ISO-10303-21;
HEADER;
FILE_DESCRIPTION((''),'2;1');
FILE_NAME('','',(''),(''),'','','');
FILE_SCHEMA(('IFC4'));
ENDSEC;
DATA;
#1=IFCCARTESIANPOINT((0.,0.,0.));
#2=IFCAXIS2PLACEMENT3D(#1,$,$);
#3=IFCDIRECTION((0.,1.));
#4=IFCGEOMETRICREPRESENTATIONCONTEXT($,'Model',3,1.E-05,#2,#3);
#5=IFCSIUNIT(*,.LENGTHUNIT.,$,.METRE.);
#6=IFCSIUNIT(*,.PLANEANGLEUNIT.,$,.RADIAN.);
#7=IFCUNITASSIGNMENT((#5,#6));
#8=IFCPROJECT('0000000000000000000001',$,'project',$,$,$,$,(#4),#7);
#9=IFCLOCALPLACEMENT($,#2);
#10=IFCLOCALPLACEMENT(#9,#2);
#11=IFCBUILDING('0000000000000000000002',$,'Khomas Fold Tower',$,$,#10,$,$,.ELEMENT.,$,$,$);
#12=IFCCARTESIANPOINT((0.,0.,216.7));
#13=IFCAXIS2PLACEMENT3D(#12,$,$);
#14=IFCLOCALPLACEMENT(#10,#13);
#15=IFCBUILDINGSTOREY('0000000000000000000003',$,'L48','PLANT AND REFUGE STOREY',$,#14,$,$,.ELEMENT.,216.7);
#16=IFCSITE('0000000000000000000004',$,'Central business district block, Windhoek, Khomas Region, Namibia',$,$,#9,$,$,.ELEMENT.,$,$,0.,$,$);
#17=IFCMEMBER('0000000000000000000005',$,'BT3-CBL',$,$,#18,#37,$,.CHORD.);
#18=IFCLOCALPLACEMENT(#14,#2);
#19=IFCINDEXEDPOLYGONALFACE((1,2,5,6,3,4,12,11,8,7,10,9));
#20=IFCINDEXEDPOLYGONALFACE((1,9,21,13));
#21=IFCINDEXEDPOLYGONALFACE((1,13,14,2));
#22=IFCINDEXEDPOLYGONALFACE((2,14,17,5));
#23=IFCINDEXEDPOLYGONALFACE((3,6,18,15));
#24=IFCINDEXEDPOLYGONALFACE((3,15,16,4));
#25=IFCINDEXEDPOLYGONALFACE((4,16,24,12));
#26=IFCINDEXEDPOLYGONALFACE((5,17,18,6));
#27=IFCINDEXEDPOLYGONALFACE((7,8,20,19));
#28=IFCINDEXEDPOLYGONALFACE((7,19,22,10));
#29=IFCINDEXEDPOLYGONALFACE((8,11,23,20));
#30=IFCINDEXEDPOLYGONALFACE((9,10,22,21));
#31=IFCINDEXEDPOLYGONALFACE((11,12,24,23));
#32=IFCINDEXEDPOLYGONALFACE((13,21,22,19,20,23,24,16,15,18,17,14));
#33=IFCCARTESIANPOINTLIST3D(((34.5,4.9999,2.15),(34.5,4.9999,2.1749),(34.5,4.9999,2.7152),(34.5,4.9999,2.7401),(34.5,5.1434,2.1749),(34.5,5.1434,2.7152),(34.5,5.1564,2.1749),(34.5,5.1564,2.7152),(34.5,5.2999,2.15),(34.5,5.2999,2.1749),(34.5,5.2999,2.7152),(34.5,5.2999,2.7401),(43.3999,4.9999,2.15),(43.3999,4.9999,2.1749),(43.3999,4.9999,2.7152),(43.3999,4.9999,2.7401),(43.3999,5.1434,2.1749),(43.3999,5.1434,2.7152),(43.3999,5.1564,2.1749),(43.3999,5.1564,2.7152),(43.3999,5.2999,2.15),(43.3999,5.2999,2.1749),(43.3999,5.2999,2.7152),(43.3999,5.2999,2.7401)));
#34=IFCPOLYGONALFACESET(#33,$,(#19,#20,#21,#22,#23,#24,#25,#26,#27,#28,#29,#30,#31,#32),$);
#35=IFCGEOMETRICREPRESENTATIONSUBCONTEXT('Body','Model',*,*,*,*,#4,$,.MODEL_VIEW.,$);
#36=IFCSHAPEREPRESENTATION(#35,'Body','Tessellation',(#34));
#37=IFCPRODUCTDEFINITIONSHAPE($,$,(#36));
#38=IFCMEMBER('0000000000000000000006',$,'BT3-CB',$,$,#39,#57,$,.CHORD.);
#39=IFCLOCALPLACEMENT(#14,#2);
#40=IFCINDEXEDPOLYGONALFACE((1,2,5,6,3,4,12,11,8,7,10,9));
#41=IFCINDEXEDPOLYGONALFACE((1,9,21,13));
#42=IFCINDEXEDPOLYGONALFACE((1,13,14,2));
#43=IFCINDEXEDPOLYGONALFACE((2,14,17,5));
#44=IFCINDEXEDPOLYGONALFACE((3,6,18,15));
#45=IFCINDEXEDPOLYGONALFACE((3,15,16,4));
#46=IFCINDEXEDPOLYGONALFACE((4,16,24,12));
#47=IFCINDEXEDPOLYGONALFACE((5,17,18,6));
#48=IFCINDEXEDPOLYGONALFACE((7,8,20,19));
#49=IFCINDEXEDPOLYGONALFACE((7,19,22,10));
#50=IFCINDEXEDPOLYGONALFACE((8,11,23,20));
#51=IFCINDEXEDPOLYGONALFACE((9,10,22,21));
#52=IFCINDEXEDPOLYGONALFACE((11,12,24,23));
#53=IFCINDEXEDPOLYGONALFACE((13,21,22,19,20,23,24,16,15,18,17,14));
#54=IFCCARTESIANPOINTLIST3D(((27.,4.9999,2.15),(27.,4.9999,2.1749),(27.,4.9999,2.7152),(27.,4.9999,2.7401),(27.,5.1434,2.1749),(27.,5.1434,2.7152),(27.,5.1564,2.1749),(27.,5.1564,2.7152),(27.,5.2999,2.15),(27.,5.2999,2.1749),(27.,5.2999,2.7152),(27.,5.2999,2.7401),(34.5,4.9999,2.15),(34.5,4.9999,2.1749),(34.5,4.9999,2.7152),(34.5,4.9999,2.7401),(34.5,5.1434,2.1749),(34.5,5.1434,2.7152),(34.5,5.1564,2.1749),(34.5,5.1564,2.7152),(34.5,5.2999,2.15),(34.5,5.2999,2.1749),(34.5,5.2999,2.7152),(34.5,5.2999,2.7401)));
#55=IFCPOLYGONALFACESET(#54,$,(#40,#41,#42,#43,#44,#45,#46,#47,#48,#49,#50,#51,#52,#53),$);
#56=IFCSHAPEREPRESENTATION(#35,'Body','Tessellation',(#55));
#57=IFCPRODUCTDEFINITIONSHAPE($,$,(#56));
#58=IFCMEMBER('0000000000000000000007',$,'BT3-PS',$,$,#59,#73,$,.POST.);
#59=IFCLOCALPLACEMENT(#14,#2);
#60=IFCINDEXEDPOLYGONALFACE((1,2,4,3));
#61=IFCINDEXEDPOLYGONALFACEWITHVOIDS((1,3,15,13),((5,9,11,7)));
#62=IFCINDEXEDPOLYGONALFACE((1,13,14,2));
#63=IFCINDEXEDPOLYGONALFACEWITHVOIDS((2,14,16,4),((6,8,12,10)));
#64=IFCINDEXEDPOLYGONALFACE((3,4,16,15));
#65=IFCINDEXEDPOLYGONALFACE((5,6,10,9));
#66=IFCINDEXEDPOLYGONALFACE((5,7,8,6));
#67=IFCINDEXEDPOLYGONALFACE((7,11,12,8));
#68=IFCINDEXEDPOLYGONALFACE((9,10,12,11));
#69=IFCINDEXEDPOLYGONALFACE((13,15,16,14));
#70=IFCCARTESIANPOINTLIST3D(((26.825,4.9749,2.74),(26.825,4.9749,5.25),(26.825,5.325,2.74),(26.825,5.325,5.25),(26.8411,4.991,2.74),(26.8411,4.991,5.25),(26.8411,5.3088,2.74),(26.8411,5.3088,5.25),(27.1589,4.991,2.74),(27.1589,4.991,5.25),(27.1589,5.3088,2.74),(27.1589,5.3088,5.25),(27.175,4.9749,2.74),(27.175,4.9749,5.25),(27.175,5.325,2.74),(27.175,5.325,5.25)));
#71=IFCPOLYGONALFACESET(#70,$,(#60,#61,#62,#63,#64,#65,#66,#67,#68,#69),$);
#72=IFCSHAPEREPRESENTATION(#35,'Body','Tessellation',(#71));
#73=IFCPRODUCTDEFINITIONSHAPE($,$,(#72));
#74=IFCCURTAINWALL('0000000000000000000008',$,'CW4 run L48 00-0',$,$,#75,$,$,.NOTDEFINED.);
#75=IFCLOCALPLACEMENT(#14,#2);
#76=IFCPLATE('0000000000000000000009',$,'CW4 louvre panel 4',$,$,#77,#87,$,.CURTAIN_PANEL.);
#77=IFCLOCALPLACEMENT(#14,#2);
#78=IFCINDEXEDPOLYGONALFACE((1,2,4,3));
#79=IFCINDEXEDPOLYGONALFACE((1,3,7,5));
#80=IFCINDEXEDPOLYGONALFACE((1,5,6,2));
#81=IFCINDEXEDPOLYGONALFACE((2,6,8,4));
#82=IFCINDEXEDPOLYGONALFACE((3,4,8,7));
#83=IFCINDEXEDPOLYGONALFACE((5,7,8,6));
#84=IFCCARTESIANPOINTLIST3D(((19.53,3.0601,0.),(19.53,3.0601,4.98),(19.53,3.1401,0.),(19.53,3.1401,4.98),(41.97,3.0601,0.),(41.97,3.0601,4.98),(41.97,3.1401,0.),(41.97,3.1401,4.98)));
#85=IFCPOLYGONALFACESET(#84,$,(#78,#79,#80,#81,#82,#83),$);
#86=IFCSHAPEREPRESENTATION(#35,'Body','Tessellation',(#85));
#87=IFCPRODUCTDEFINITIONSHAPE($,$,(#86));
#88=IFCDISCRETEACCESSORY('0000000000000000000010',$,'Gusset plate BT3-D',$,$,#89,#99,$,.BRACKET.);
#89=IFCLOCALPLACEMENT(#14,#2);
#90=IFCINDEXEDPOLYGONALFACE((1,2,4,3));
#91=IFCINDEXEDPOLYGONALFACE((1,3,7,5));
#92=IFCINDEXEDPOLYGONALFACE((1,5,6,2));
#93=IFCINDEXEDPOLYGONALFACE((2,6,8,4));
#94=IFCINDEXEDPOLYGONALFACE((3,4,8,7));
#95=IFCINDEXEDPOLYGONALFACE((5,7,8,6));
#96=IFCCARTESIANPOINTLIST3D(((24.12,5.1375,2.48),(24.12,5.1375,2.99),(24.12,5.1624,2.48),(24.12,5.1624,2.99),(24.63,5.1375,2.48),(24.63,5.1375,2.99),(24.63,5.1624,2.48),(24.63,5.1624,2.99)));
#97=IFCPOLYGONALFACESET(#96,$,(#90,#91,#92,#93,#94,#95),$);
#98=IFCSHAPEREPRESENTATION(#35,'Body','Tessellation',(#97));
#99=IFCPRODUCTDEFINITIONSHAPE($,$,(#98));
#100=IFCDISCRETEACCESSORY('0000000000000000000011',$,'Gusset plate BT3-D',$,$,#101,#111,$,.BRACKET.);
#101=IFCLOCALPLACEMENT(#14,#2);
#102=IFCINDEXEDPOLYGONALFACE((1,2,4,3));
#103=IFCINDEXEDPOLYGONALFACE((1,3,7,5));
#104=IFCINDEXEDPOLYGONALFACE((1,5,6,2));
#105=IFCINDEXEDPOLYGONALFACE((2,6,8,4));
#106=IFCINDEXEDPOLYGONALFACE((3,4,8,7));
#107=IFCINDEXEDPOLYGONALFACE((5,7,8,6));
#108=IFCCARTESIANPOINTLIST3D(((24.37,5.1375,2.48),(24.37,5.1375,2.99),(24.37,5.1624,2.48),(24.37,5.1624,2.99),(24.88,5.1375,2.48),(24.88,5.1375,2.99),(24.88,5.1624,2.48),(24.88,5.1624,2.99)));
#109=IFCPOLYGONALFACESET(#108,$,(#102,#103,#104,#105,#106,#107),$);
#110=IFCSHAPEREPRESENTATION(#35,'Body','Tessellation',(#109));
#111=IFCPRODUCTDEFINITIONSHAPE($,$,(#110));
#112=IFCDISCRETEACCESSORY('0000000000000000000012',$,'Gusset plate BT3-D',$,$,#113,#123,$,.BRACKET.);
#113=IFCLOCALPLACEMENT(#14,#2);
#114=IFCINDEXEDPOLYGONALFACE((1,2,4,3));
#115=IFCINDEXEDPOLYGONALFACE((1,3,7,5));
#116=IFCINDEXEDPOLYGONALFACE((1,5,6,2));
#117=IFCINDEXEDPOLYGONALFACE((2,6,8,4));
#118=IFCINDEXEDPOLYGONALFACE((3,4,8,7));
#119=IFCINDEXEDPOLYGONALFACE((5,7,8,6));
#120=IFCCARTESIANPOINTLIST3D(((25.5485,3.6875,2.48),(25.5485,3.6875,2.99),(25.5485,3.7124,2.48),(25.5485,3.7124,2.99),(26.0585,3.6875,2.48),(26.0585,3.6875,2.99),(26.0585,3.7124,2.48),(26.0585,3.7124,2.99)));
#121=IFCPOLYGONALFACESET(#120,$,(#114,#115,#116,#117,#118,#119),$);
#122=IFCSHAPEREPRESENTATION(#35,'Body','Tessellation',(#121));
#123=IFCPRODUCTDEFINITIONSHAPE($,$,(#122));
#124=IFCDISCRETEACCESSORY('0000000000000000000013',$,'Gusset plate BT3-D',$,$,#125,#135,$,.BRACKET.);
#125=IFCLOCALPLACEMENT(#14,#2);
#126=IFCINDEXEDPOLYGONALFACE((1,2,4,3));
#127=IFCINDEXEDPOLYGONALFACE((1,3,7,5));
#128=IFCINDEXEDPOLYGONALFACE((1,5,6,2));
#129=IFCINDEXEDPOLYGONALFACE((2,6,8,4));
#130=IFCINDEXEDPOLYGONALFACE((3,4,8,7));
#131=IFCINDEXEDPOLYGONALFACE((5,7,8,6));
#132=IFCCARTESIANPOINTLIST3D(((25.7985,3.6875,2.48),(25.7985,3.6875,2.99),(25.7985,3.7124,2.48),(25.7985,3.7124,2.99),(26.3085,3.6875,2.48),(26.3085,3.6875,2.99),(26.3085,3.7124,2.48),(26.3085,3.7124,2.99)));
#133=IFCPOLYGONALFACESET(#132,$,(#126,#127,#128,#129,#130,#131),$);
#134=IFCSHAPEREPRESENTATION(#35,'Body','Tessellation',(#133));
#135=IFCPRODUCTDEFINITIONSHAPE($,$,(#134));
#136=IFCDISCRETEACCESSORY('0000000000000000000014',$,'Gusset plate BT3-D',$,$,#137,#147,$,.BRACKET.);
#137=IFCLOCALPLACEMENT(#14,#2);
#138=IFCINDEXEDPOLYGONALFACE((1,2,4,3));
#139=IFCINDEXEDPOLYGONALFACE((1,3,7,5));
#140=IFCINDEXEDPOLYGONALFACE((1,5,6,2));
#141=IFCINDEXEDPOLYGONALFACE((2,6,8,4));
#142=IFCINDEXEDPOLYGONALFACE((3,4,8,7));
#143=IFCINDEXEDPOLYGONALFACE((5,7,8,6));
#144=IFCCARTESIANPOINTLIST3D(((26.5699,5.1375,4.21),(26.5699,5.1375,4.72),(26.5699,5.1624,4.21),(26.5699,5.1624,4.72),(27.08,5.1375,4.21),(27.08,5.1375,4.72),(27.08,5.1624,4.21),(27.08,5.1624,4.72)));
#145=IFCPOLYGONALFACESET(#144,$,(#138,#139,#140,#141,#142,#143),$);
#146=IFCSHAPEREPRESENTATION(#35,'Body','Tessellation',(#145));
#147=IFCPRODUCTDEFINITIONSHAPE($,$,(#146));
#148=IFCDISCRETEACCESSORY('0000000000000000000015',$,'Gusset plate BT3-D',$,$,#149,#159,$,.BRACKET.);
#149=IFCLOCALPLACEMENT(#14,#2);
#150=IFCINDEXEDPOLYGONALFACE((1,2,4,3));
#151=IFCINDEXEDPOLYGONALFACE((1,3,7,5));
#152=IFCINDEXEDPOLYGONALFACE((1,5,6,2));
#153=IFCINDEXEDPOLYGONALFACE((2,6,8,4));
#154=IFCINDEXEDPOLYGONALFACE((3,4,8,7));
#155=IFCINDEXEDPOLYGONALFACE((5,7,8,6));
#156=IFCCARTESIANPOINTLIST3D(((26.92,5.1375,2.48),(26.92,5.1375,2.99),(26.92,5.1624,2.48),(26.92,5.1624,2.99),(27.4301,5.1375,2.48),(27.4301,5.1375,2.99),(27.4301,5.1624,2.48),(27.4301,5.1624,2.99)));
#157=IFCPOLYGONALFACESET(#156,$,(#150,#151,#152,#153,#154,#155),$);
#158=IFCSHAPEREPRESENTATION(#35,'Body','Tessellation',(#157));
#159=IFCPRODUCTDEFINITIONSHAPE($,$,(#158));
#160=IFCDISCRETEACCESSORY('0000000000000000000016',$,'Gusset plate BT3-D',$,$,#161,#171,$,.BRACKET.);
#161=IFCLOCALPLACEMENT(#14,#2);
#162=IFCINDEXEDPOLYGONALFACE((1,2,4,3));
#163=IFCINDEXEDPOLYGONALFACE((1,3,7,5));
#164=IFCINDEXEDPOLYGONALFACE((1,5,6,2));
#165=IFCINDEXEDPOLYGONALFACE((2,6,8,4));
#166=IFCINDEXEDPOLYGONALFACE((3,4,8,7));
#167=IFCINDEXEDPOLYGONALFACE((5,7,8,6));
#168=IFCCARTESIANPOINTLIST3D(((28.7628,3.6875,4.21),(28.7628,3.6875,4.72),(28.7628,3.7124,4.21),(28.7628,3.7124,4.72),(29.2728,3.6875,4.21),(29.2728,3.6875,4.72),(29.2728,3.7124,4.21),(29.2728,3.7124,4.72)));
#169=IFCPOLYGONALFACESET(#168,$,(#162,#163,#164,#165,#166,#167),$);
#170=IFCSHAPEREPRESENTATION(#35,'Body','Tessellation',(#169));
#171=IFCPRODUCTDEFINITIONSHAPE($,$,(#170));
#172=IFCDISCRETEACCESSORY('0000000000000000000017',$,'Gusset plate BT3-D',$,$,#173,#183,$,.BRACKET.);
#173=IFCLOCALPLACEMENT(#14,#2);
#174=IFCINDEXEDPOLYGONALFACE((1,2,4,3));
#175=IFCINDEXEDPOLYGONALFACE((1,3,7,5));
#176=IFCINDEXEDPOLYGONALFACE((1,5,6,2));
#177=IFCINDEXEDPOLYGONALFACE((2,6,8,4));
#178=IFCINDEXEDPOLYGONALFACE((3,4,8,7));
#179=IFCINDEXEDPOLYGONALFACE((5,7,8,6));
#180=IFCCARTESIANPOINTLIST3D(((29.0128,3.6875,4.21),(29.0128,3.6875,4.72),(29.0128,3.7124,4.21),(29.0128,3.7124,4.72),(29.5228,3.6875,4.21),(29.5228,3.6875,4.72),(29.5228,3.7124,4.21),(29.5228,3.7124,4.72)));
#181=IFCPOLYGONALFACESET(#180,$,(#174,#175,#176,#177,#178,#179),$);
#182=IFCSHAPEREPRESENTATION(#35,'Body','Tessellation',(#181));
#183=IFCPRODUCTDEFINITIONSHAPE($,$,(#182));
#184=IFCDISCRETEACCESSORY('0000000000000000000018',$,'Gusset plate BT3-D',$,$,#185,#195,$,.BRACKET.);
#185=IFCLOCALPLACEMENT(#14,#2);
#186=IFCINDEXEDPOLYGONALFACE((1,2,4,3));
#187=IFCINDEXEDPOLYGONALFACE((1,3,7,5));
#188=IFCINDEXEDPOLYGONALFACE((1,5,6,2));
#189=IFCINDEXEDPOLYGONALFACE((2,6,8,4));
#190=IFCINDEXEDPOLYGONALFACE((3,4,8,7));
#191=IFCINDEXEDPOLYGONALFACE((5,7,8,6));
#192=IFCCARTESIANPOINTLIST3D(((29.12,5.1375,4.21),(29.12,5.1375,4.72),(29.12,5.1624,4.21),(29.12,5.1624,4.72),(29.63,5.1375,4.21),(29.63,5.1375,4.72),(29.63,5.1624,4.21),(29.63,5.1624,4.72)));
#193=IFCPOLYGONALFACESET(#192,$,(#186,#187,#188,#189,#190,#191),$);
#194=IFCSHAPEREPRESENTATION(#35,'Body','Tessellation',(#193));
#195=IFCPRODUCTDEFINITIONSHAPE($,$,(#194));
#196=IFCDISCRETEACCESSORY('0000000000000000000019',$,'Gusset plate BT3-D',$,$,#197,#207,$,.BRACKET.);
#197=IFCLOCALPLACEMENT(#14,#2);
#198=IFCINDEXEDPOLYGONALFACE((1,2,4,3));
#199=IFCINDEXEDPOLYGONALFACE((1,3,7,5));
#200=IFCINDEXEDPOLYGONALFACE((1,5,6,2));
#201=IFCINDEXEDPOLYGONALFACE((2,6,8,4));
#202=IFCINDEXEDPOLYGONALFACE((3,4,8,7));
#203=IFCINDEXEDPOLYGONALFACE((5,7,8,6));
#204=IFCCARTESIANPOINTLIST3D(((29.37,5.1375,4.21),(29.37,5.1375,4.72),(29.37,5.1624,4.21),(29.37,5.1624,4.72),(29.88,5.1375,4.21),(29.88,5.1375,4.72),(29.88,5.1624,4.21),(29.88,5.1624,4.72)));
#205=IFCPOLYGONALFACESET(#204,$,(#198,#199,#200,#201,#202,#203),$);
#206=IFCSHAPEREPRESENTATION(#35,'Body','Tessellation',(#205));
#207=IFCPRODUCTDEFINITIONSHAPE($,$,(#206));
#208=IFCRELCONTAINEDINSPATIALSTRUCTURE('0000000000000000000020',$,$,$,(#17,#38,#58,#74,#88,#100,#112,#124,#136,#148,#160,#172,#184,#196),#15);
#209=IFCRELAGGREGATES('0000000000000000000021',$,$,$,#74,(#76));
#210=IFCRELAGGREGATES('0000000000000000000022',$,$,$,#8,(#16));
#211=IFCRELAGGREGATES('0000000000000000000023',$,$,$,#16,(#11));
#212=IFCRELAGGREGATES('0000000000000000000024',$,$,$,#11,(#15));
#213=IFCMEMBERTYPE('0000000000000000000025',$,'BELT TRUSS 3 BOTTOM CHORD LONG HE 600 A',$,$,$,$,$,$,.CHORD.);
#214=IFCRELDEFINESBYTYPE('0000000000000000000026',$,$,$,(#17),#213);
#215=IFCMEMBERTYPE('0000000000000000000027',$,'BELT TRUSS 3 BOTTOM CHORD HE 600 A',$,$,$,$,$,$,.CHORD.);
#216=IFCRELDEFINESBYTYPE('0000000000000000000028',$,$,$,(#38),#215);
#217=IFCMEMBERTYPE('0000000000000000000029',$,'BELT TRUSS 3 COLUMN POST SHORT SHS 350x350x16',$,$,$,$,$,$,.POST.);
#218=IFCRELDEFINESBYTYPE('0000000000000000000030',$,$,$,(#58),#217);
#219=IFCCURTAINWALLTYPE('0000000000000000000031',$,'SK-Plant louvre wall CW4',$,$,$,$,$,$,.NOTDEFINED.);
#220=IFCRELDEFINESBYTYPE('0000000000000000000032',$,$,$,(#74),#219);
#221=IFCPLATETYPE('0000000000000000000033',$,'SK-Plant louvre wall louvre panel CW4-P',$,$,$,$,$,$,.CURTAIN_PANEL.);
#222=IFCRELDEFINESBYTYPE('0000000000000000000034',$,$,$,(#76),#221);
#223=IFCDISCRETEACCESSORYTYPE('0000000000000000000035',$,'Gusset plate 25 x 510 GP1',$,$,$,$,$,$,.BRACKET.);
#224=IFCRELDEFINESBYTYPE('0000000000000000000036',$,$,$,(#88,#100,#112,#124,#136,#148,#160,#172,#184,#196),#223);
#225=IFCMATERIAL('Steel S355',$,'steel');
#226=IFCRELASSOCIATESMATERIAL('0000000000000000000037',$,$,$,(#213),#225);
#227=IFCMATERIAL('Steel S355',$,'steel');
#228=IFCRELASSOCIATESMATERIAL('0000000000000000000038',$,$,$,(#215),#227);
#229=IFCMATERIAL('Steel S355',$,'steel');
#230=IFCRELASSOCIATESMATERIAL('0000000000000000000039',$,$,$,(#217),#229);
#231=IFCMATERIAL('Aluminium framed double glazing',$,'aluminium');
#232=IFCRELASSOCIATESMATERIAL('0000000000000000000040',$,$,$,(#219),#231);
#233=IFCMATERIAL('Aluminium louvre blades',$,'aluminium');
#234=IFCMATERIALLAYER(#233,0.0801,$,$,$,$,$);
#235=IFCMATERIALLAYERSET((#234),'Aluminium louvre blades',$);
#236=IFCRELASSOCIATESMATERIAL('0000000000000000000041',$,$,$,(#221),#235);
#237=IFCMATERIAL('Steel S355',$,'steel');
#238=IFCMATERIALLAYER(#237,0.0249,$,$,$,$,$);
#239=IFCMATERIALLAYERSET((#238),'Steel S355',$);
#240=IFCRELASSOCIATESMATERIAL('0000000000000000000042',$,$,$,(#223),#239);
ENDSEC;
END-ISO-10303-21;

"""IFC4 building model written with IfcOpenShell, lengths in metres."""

from ifc_helpers import new_model, si_unit, direction, frame, origin, origin_2d, place, context, subcontext, project, spatial, rectangle, hollow_rectangle, i_section, extrude, source, transform, mapped, material, layer, layer_set, material_profile, profile_set, type_object, element, aggregate, save


model = new_model("IFC4")

# Units and contexts
model_context = context("Model", 3, precision=1e-05, world=origin(), true_north=direction((0.0, 1.0)))
body_context = subcontext(model_context, "Body", "Model", "MODEL_VIEW")
ifc_project = project(units=[si_unit("LENGTHUNIT", "METRE"), si_unit("PLANEANGLEUNIT", "RADIAN")], contexts=[model_context])

# Site, building, storey
site_placement = place(None, origin())
site = spatial("IfcSite", under=ifc_project, at=site_placement, Name="Central business district block, Windhoek, Khomas Region, Namibia", CompositionType="ELEMENT", RefElevation=0.0)
building_placement = place(site_placement, origin())
building = spatial("IfcBuilding", under=site, at=building_placement, Name="Khomas Fold Tower", CompositionType="ELEMENT")
storey_placement = place(building_placement, frame((0.0, 0.0, 216.7)))
storey = spatial("IfcBuildingStorey", under=building, at=storey_placement, Name="L48", Description="PLANT AND REFUGE STOREY", CompositionType="ELEMENT", Elevation=216.7)

# Members
ifc_material_1 = material(Name="Steel S355", Category="steel")
ifc_material_profile_1 = material_profile(ifc_material_1, i_section(OverallWidth=0.3, OverallDepth=0.5901, WebThickness=0.0129, FlangeThickness=0.0249, at=origin_2d()), Name="HE 600 A")
ifc_profile_set_1 = profile_set([ifc_material_profile_1], Name="Steel S355")
member_type_1 = type_object("IfcMemberType", Name="BELT TRUSS 3 BOTTOM CHORD LONG HE 600 A", PredefinedType="CHORD", material=ifc_profile_set_1)
shared_shape_1 = source(origin(), body_context, "Body", "SweptSolid", [
    extrude(i_section(OverallWidth=0.3, OverallDepth=0.5901, WebThickness=0.0129, FlangeThickness=0.0249, at=origin_2d()), origin(), (0.0, 0.0, 1.0), 8.8999),
])
member_1_placement = place(storey_placement, frame((34.5, 5.1499, 2.4451), z_axis=(1.0, 0.0, 0.0), x_axis=(0.0, 1.0, 0.0)))
element("IfcMember", 1, at=member_1_placement, inside=storey, type_object=member_type_1, Name="BT3-CBL", PredefinedType="CHORD", context=body_context, shape_type="MappedRepresentation", body=[
    mapped(shared_shape_1, transform((0.0, 0.0, 0.0))),
])
ifc_material_2 = material(Name="Steel S355", Category="steel")
ifc_material_profile_2 = material_profile(ifc_material_2, i_section(OverallWidth=0.3, OverallDepth=0.5901, WebThickness=0.0129, FlangeThickness=0.0249, at=origin_2d()), Name="HE 600 A")
ifc_profile_set_2 = profile_set([ifc_material_profile_2], Name="Steel S355")
member_type_2 = type_object("IfcMemberType", Name="BELT TRUSS 3 BOTTOM CHORD HE 600 A", PredefinedType="CHORD", material=ifc_profile_set_2)
shared_shape_2 = source(origin(), body_context, "Body", "SweptSolid", [
    extrude(i_section(OverallWidth=0.3, OverallDepth=0.5901, WebThickness=0.0129, FlangeThickness=0.0249, at=origin_2d()), origin(), (0.0, 0.0, 1.0), 7.5),
])
member_2_placement = place(storey_placement, frame((27.0, 5.1499, 2.4451), z_axis=(1.0, 0.0, 0.0), x_axis=(0.0, 1.0, 0.0)))
element("IfcMember", 2, at=member_2_placement, inside=storey, type_object=member_type_2, Name="BT3-CB", PredefinedType="CHORD", context=body_context, shape_type="MappedRepresentation", body=[
    mapped(shared_shape_2, transform((0.0, 0.0, 0.0))),
])
ifc_material_3 = material(Name="Steel S355", Category="steel")
ifc_material_profile_3 = material_profile(ifc_material_3, hollow_rectangle(XDim=0.3501, YDim=0.3501, WallThickness=0.0161, at=origin_2d()), Name="SHS 350x350x16")
ifc_profile_set_3 = profile_set([ifc_material_profile_3], Name="Steel S355")
member_type_3 = type_object("IfcMemberType", Name="BELT TRUSS 3 COLUMN POST SHORT SHS 350x350x16", PredefinedType="POST", material=ifc_profile_set_3)
shared_shape_3 = source(origin(), body_context, "Body", "SweptSolid", [
    extrude(hollow_rectangle(XDim=0.3501, YDim=0.3501, WallThickness=0.0161, at=origin_2d()), origin(), (0.0, 0.0, 1.0), 2.51),
])
member_3_placement = place(storey_placement, frame((27.0, 5.1499, 2.74), z_axis=(0.0, 0.0, 1.0), x_axis=(1.0, 0.0, 0.0)))
element("IfcMember", 3, at=member_3_placement, inside=storey, type_object=member_type_3, Name="BT3-PS", PredefinedType="POST", context=body_context, shape_type="MappedRepresentation", body=[
    mapped(shared_shape_3, transform((0.0, 0.0, 0.0))),
])

# Curtain wall, plate
ifc_material_4 = material(Name="Aluminium framed double glazing", Category="aluminium")
curtain_wall_type = type_object("IfcCurtainWallType", Name="SK-Plant louvre wall CW4", PredefinedType="NOTDEFINED", material=ifc_material_4)
curtain_wall_placement = place(storey_placement, origin())
curtain_wall = element("IfcCurtainWall", 4, at=curtain_wall_placement, inside=storey, type_object=curtain_wall_type, Name="CW4 run L48 00-0", PredefinedType="NOTDEFINED")
ifc_material_5 = material(Name="Aluminium louvre blades", Category="aluminium")
ifc_layer_1 = layer(ifc_material_5, 0.0801)
ifc_layer_set_1 = layer_set([ifc_layer_1], Name="Aluminium louvre blades")
plate_type = type_object("IfcPlateType", Name="SK-Plant louvre wall louvre panel CW4-P", PredefinedType="CURTAIN_PANEL", material=ifc_layer_set_1)
shared_shape_4 = source(origin(), body_context, "Body", "SweptSolid", [
    extrude(rectangle(XDim=22.4399, YDim=0.0801, at=origin_2d()), origin(), (0.0, 0.0, 1.0), 4.98),
])
plate_placement = place(storey_placement, frame((30.75, 3.1001, 0.0), z_axis=(0.0, 0.0, 1.0), x_axis=(1.0, 0.0, 0.0)))
plate = element("IfcPlate", 5, at=plate_placement, type_object=plate_type, Name="CW4 louvre panel 4", PredefinedType="CURTAIN_PANEL", context=body_context, shape_type="MappedRepresentation", body=[
    mapped(shared_shape_4, transform((0.0, 0.0, 0.0))),
])
aggregate(curtain_wall, [plate])

# Discrete accessories
ifc_material_6 = material(Name="Steel S355", Category="steel")
ifc_layer_2 = layer(ifc_material_6, 0.0249)
ifc_layer_set_2 = layer_set([ifc_layer_2], Name="Steel S355")
discrete_accessory_type = type_object("IfcDiscreteAccessoryType", Name="Gusset plate 25 x 510 GP1", PredefinedType="BRACKET", material=ifc_layer_set_2)
shared_shape_5 = source(origin(), body_context, "Body", "SweptSolid", [
    extrude(rectangle(XDim=0.51, YDim=0.0249, at=origin_2d()), origin(), (0.0, 0.0, 1.0), 0.51),
])
for number, where, z_axis, x_axis, name in (
    (6, (24.375, 5.1499, 2.48), (0.0, 0.0, 1.0), (1.0, 0.0, 0.0), "Gusset plate BT3-D"),
    (7, (24.625, 5.1499, 2.48), (0.0, 0.0, 1.0), (1.0, 0.0, 0.0), "Gusset plate BT3-D"),
    (8, (25.8035, 3.7, 2.48), (0.0, 0.0, 1.0), (1.0, 0.0, 0.0), "Gusset plate BT3-D"),
    (9, (26.0535, 3.7, 2.48), (0.0, 0.0, 1.0), (1.0, 0.0, 0.0), "Gusset plate BT3-D"),
    (10, (26.825, 5.1499, 4.21), (0.0, 0.0, 1.0), (1.0, 0.0, 0.0), "Gusset plate BT3-D"),
    (11, (27.175, 5.1499, 2.48), (0.0, 0.0, 1.0), (1.0, 0.0, 0.0), "Gusset plate BT3-D"),
    (12, (29.0178, 3.7, 4.21), (0.0, 0.0, 1.0), (1.0, 0.0, 0.0), "Gusset plate BT3-D"),
    (13, (29.2678, 3.7, 4.21), (0.0, 0.0, 1.0), (1.0, 0.0, 0.0), "Gusset plate BT3-D"),
    (14, (29.375, 5.1499, 4.21), (0.0, 0.0, 1.0), (1.0, 0.0, 0.0), "Gusset plate BT3-D"),
    (15, (29.625, 5.1499, 4.21), (0.0, 0.0, 1.0), (1.0, 0.0, 0.0), "Gusset plate BT3-D"),
):
    element("IfcDiscreteAccessory", number, at=place(storey_placement, frame(where, z_axis=z_axis, x_axis=x_axis)), inside=storey, type_object=discrete_accessory_type, Name=name, PredefinedType="BRACKET", context=body_context, shape_type="MappedRepresentation", body=[
        mapped(shared_shape_5, transform((0.0, 0.0, 0.0))),
    ])

save(model, "model.ifc")
